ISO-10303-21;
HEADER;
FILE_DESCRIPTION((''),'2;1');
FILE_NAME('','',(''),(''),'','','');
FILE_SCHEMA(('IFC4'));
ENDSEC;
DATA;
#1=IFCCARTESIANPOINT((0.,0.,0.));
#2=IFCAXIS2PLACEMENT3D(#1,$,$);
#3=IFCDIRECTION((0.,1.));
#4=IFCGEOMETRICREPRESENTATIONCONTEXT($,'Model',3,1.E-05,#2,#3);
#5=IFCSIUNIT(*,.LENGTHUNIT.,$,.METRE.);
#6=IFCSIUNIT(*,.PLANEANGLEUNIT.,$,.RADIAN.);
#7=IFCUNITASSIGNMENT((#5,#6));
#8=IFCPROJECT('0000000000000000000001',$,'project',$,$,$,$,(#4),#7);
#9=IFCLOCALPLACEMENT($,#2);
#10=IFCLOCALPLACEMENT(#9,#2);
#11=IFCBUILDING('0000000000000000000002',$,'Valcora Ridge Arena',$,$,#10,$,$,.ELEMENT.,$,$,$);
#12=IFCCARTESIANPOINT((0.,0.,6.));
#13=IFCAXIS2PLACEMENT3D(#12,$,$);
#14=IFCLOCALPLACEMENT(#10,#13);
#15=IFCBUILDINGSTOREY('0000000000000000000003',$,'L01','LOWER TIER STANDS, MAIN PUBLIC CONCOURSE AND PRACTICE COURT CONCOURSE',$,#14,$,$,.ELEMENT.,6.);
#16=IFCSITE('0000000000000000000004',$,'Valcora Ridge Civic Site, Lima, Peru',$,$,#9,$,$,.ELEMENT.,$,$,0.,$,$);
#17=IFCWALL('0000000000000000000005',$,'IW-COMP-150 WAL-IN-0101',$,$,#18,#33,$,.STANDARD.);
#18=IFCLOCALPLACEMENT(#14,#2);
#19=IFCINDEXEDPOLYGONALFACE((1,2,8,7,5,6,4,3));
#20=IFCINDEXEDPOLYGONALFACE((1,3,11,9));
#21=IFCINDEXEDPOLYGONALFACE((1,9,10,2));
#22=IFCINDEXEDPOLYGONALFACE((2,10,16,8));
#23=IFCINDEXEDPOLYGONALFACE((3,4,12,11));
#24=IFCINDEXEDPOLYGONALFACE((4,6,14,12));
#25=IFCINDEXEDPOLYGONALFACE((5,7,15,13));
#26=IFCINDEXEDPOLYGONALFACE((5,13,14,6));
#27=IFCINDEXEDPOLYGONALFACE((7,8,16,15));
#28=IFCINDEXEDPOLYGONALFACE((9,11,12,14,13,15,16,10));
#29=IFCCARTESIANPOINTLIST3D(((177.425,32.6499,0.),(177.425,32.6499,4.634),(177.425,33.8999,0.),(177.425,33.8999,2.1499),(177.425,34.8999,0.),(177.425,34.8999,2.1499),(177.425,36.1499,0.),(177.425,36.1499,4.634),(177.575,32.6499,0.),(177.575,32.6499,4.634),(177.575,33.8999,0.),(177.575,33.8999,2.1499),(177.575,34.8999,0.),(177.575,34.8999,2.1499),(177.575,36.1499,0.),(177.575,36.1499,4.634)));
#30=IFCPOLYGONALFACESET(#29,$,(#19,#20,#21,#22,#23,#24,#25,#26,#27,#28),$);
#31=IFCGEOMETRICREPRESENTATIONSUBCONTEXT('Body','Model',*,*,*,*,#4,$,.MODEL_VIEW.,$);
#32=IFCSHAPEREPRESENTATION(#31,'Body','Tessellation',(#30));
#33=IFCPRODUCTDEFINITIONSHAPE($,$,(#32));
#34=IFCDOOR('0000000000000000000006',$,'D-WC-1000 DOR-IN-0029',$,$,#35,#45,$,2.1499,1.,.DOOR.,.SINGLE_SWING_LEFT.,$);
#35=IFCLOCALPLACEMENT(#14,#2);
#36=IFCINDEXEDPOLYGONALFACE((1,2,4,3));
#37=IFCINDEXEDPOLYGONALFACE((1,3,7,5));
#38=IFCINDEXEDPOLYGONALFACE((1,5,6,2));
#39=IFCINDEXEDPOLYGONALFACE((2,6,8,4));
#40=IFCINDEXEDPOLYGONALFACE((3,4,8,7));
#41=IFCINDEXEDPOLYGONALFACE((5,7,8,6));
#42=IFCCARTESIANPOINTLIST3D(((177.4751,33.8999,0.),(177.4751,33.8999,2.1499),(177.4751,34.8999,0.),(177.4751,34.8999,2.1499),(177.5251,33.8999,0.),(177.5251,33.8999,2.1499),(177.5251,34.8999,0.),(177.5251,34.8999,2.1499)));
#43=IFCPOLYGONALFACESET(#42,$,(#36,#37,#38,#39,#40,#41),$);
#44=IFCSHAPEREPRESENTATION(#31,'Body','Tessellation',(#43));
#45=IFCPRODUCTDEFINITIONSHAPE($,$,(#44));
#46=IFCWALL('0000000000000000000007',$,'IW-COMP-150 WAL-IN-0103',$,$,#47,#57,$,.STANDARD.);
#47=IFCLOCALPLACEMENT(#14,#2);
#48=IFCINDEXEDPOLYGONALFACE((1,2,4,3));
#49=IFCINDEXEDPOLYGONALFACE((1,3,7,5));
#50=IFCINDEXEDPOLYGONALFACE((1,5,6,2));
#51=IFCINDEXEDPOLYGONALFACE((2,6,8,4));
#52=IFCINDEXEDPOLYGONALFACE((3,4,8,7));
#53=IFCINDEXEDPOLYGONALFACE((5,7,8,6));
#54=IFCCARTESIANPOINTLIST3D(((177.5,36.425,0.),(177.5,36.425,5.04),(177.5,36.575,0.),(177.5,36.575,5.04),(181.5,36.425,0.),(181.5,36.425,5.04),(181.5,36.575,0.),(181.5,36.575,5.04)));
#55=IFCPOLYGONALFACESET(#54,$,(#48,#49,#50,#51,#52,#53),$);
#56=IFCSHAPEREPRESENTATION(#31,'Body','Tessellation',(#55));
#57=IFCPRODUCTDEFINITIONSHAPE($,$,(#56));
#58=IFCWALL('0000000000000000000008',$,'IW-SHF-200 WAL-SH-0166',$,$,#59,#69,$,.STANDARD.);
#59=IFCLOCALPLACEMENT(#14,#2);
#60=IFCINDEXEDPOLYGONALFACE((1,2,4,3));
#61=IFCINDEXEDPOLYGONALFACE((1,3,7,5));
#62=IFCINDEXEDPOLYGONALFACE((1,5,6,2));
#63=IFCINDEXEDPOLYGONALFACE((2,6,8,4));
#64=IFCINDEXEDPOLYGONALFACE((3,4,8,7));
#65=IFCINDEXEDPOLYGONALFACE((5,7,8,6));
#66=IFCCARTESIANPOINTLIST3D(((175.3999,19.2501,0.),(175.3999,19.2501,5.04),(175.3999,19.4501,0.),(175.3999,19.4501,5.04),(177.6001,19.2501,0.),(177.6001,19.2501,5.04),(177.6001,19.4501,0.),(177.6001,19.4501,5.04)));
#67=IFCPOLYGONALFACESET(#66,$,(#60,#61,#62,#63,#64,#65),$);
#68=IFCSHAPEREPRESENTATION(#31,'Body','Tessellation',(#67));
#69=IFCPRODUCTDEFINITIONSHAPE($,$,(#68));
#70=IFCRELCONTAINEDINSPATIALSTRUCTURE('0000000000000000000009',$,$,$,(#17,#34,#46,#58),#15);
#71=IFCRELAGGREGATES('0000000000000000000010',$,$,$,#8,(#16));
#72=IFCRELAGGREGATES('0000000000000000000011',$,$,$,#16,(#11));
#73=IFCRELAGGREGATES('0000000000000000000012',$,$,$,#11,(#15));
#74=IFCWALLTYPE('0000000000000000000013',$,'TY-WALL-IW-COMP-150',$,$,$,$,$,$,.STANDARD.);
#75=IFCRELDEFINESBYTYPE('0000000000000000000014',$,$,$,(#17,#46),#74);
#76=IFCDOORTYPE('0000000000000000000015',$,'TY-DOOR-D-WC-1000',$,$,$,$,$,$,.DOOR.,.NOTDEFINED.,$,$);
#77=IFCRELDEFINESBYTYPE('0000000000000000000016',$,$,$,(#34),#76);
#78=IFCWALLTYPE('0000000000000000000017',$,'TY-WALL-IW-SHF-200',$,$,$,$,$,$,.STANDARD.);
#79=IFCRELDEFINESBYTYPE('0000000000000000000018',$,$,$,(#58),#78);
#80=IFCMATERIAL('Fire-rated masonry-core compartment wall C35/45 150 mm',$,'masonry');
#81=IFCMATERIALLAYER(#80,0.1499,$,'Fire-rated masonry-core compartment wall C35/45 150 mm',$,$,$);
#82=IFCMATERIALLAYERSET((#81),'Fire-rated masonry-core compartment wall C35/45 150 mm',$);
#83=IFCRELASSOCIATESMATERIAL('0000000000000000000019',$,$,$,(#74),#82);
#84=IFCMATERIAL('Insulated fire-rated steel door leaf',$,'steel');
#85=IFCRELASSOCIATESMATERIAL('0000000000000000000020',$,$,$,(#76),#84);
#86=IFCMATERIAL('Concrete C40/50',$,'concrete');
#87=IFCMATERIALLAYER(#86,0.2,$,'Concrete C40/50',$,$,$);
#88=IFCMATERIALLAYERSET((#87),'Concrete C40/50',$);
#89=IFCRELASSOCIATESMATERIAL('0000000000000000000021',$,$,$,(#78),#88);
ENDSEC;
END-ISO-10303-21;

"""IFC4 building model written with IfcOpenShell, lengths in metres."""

from ifc_helpers import new_model, si_unit, direction, frame, frame_2d, origin, place, context, subcontext, project, spatial, rectangle, extrude, material, layer, layer_set, type_object, element, fill, save


model = new_model("IFC4")

# Units and contexts
model_context = context("Model", 3, precision=1e-05, world=origin(), true_north=direction((0.0, 1.0)))
body_context = subcontext(model_context, "Body", "Model", "MODEL_VIEW")
ifc_project = project(units=[si_unit("LENGTHUNIT", "METRE"), si_unit("PLANEANGLEUNIT", "RADIAN")], contexts=[model_context])

# Site, building, storey
site_placement = place(None, origin())
site = spatial("IfcSite", under=ifc_project, at=site_placement, Name="Valcora Ridge Civic Site, Lima, Peru", CompositionType="ELEMENT", RefElevation=0.0)
building_placement = place(site_placement, origin())
building = spatial("IfcBuilding", under=site, at=building_placement, Name="Valcora Ridge Arena", CompositionType="ELEMENT")
storey_placement = place(building_placement, frame((0.0, 0.0, 6.0)))
storey = spatial("IfcBuildingStorey", under=building, at=storey_placement, Name="L01", Description="LOWER TIER STANDS, MAIN PUBLIC CONCOURSE AND PRACTICE COURT CONCOURSE", CompositionType="ELEMENT", Elevation=6.0)

# Shared definitions
ifc_material_1 = material(Name="Fire-rated masonry-core compartment wall C35/45 150 mm", Category="masonry")
ifc_layer_1 = layer(ifc_material_1, 0.1499, Name="Fire-rated masonry-core compartment wall C35/45 150 mm")
ifc_layer_set_1 = layer_set([ifc_layer_1], Name="Fire-rated masonry-core compartment wall C35/45 150 mm")
wall_type_1 = type_object("IfcWallType", Name="TY-WALL-IW-COMP-150", PredefinedType="STANDARD", material=ifc_layer_set_1)

# Shared definitions
ifc_material_2 = material(Name="Insulated fire-rated steel door leaf", Category="steel")
door_type_1 = type_object("IfcDoorType", Name="TY-DOOR-D-WC-1000", OperationType="NOTDEFINED", PredefinedType="DOOR", material=ifc_material_2)

# Wall, opening, door
wall_1_placement = place(storey_placement, frame((177.5, 32.6499, 0.0), z_axis=(0.0, 0.0, 1.0), x_axis=(0.0, 1.0, 0.0)))
wall_1 = element("IfcWall", 1, at=wall_1_placement, inside=storey, type_object=wall_type_1, Name="IW-COMP-150 WAL-IN-0101", PredefinedType="STANDARD", context=body_context, shape_type="SweptSolid", body=[
    extrude(rectangle(XDim=3.5, YDim=0.1499, at=frame_2d((1.75, 0.0))), origin(), (0.0, 0.0, 1.0), 4.634),
])
opening_1_placement = place(wall_1_placement, frame((1.25, 0.0, 0.0)))
opening_1 = element("IfcOpeningElement", 2, at=opening_1_placement, cuts=wall_1, PredefinedType="OPENING", context=body_context, shape_type="SweptSolid", body=[
    extrude(rectangle(XDim=1.0, YDim=2.1499, at=frame_2d((0.5, 1.075))), frame((0.0, 0.085, 0.0), z_axis=(0.0, -1.0, 0.0), x_axis=(1.0, 0.0, 0.0)), (0.0, 0.0, 1.0), 0.1699),
])
door_1_placement = place(opening_1_placement, origin())
door_1 = element("IfcDoor", 3, at=door_1_placement, inside=storey, type_object=door_type_1, Name="D-WC-1000 DOR-IN-0029", OperationType="SINGLE_SWING_LEFT", OverallHeight=2.1499, OverallWidth=1.0, PredefinedType="DOOR", context=body_context, shape_type="SweptSolid", body=[
    extrude(rectangle(XDim=1.0, YDim=2.1499, at=frame_2d((0.5, 1.075))), frame((0.0, 0.0249, 0.0), z_axis=(0.0, -1.0, 0.0), x_axis=(1.0, 0.0, 0.0)), (0.0, 0.0, 1.0), 0.05),
])
fill(opening_1, door_1)

# Wall
wall_2_placement = place(storey_placement, frame((177.5, 36.5, 0.0), z_axis=(0.0, 0.0, 1.0), x_axis=(1.0, 0.0, 0.0)))
element("IfcWall", 4, at=wall_2_placement, inside=storey, type_object=wall_type_1, Name="IW-COMP-150 WAL-IN-0103", PredefinedType="STANDARD", context=body_context, shape_type="SweptSolid", body=[
    extrude(rectangle(XDim=4.0, YDim=0.1499, at=frame_2d((2.0, 0.0))), origin(), (0.0, 0.0, 1.0), 5.04),
])

# Wall
ifc_material_3 = material(Name="Concrete C40/50", Category="concrete")
ifc_layer_2 = layer(ifc_material_3, 0.2, Name="Concrete C40/50")
ifc_layer_set_2 = layer_set([ifc_layer_2], Name="Concrete C40/50")
wall_type_2 = type_object("IfcWallType", Name="TY-WALL-IW-SHF-200", PredefinedType="STANDARD", material=ifc_layer_set_2)
wall_3_placement = place(storey_placement, frame((175.3999, 19.3501, 0.0), z_axis=(0.0, 0.0, 1.0), x_axis=(1.0, 0.0, 0.0)))
element("IfcWall", 5, at=wall_3_placement, inside=storey, type_object=wall_type_2, Name="IW-SHF-200 WAL-SH-0166", PredefinedType="STANDARD", context=body_context, shape_type="SweptSolid", body=[
    extrude(rectangle(XDim=2.2002, YDim=0.2, at=frame_2d((1.1001, 0.0))), origin(), (0.0, 0.0, 1.0), 5.04),
])

save(model, "model.ifc")
